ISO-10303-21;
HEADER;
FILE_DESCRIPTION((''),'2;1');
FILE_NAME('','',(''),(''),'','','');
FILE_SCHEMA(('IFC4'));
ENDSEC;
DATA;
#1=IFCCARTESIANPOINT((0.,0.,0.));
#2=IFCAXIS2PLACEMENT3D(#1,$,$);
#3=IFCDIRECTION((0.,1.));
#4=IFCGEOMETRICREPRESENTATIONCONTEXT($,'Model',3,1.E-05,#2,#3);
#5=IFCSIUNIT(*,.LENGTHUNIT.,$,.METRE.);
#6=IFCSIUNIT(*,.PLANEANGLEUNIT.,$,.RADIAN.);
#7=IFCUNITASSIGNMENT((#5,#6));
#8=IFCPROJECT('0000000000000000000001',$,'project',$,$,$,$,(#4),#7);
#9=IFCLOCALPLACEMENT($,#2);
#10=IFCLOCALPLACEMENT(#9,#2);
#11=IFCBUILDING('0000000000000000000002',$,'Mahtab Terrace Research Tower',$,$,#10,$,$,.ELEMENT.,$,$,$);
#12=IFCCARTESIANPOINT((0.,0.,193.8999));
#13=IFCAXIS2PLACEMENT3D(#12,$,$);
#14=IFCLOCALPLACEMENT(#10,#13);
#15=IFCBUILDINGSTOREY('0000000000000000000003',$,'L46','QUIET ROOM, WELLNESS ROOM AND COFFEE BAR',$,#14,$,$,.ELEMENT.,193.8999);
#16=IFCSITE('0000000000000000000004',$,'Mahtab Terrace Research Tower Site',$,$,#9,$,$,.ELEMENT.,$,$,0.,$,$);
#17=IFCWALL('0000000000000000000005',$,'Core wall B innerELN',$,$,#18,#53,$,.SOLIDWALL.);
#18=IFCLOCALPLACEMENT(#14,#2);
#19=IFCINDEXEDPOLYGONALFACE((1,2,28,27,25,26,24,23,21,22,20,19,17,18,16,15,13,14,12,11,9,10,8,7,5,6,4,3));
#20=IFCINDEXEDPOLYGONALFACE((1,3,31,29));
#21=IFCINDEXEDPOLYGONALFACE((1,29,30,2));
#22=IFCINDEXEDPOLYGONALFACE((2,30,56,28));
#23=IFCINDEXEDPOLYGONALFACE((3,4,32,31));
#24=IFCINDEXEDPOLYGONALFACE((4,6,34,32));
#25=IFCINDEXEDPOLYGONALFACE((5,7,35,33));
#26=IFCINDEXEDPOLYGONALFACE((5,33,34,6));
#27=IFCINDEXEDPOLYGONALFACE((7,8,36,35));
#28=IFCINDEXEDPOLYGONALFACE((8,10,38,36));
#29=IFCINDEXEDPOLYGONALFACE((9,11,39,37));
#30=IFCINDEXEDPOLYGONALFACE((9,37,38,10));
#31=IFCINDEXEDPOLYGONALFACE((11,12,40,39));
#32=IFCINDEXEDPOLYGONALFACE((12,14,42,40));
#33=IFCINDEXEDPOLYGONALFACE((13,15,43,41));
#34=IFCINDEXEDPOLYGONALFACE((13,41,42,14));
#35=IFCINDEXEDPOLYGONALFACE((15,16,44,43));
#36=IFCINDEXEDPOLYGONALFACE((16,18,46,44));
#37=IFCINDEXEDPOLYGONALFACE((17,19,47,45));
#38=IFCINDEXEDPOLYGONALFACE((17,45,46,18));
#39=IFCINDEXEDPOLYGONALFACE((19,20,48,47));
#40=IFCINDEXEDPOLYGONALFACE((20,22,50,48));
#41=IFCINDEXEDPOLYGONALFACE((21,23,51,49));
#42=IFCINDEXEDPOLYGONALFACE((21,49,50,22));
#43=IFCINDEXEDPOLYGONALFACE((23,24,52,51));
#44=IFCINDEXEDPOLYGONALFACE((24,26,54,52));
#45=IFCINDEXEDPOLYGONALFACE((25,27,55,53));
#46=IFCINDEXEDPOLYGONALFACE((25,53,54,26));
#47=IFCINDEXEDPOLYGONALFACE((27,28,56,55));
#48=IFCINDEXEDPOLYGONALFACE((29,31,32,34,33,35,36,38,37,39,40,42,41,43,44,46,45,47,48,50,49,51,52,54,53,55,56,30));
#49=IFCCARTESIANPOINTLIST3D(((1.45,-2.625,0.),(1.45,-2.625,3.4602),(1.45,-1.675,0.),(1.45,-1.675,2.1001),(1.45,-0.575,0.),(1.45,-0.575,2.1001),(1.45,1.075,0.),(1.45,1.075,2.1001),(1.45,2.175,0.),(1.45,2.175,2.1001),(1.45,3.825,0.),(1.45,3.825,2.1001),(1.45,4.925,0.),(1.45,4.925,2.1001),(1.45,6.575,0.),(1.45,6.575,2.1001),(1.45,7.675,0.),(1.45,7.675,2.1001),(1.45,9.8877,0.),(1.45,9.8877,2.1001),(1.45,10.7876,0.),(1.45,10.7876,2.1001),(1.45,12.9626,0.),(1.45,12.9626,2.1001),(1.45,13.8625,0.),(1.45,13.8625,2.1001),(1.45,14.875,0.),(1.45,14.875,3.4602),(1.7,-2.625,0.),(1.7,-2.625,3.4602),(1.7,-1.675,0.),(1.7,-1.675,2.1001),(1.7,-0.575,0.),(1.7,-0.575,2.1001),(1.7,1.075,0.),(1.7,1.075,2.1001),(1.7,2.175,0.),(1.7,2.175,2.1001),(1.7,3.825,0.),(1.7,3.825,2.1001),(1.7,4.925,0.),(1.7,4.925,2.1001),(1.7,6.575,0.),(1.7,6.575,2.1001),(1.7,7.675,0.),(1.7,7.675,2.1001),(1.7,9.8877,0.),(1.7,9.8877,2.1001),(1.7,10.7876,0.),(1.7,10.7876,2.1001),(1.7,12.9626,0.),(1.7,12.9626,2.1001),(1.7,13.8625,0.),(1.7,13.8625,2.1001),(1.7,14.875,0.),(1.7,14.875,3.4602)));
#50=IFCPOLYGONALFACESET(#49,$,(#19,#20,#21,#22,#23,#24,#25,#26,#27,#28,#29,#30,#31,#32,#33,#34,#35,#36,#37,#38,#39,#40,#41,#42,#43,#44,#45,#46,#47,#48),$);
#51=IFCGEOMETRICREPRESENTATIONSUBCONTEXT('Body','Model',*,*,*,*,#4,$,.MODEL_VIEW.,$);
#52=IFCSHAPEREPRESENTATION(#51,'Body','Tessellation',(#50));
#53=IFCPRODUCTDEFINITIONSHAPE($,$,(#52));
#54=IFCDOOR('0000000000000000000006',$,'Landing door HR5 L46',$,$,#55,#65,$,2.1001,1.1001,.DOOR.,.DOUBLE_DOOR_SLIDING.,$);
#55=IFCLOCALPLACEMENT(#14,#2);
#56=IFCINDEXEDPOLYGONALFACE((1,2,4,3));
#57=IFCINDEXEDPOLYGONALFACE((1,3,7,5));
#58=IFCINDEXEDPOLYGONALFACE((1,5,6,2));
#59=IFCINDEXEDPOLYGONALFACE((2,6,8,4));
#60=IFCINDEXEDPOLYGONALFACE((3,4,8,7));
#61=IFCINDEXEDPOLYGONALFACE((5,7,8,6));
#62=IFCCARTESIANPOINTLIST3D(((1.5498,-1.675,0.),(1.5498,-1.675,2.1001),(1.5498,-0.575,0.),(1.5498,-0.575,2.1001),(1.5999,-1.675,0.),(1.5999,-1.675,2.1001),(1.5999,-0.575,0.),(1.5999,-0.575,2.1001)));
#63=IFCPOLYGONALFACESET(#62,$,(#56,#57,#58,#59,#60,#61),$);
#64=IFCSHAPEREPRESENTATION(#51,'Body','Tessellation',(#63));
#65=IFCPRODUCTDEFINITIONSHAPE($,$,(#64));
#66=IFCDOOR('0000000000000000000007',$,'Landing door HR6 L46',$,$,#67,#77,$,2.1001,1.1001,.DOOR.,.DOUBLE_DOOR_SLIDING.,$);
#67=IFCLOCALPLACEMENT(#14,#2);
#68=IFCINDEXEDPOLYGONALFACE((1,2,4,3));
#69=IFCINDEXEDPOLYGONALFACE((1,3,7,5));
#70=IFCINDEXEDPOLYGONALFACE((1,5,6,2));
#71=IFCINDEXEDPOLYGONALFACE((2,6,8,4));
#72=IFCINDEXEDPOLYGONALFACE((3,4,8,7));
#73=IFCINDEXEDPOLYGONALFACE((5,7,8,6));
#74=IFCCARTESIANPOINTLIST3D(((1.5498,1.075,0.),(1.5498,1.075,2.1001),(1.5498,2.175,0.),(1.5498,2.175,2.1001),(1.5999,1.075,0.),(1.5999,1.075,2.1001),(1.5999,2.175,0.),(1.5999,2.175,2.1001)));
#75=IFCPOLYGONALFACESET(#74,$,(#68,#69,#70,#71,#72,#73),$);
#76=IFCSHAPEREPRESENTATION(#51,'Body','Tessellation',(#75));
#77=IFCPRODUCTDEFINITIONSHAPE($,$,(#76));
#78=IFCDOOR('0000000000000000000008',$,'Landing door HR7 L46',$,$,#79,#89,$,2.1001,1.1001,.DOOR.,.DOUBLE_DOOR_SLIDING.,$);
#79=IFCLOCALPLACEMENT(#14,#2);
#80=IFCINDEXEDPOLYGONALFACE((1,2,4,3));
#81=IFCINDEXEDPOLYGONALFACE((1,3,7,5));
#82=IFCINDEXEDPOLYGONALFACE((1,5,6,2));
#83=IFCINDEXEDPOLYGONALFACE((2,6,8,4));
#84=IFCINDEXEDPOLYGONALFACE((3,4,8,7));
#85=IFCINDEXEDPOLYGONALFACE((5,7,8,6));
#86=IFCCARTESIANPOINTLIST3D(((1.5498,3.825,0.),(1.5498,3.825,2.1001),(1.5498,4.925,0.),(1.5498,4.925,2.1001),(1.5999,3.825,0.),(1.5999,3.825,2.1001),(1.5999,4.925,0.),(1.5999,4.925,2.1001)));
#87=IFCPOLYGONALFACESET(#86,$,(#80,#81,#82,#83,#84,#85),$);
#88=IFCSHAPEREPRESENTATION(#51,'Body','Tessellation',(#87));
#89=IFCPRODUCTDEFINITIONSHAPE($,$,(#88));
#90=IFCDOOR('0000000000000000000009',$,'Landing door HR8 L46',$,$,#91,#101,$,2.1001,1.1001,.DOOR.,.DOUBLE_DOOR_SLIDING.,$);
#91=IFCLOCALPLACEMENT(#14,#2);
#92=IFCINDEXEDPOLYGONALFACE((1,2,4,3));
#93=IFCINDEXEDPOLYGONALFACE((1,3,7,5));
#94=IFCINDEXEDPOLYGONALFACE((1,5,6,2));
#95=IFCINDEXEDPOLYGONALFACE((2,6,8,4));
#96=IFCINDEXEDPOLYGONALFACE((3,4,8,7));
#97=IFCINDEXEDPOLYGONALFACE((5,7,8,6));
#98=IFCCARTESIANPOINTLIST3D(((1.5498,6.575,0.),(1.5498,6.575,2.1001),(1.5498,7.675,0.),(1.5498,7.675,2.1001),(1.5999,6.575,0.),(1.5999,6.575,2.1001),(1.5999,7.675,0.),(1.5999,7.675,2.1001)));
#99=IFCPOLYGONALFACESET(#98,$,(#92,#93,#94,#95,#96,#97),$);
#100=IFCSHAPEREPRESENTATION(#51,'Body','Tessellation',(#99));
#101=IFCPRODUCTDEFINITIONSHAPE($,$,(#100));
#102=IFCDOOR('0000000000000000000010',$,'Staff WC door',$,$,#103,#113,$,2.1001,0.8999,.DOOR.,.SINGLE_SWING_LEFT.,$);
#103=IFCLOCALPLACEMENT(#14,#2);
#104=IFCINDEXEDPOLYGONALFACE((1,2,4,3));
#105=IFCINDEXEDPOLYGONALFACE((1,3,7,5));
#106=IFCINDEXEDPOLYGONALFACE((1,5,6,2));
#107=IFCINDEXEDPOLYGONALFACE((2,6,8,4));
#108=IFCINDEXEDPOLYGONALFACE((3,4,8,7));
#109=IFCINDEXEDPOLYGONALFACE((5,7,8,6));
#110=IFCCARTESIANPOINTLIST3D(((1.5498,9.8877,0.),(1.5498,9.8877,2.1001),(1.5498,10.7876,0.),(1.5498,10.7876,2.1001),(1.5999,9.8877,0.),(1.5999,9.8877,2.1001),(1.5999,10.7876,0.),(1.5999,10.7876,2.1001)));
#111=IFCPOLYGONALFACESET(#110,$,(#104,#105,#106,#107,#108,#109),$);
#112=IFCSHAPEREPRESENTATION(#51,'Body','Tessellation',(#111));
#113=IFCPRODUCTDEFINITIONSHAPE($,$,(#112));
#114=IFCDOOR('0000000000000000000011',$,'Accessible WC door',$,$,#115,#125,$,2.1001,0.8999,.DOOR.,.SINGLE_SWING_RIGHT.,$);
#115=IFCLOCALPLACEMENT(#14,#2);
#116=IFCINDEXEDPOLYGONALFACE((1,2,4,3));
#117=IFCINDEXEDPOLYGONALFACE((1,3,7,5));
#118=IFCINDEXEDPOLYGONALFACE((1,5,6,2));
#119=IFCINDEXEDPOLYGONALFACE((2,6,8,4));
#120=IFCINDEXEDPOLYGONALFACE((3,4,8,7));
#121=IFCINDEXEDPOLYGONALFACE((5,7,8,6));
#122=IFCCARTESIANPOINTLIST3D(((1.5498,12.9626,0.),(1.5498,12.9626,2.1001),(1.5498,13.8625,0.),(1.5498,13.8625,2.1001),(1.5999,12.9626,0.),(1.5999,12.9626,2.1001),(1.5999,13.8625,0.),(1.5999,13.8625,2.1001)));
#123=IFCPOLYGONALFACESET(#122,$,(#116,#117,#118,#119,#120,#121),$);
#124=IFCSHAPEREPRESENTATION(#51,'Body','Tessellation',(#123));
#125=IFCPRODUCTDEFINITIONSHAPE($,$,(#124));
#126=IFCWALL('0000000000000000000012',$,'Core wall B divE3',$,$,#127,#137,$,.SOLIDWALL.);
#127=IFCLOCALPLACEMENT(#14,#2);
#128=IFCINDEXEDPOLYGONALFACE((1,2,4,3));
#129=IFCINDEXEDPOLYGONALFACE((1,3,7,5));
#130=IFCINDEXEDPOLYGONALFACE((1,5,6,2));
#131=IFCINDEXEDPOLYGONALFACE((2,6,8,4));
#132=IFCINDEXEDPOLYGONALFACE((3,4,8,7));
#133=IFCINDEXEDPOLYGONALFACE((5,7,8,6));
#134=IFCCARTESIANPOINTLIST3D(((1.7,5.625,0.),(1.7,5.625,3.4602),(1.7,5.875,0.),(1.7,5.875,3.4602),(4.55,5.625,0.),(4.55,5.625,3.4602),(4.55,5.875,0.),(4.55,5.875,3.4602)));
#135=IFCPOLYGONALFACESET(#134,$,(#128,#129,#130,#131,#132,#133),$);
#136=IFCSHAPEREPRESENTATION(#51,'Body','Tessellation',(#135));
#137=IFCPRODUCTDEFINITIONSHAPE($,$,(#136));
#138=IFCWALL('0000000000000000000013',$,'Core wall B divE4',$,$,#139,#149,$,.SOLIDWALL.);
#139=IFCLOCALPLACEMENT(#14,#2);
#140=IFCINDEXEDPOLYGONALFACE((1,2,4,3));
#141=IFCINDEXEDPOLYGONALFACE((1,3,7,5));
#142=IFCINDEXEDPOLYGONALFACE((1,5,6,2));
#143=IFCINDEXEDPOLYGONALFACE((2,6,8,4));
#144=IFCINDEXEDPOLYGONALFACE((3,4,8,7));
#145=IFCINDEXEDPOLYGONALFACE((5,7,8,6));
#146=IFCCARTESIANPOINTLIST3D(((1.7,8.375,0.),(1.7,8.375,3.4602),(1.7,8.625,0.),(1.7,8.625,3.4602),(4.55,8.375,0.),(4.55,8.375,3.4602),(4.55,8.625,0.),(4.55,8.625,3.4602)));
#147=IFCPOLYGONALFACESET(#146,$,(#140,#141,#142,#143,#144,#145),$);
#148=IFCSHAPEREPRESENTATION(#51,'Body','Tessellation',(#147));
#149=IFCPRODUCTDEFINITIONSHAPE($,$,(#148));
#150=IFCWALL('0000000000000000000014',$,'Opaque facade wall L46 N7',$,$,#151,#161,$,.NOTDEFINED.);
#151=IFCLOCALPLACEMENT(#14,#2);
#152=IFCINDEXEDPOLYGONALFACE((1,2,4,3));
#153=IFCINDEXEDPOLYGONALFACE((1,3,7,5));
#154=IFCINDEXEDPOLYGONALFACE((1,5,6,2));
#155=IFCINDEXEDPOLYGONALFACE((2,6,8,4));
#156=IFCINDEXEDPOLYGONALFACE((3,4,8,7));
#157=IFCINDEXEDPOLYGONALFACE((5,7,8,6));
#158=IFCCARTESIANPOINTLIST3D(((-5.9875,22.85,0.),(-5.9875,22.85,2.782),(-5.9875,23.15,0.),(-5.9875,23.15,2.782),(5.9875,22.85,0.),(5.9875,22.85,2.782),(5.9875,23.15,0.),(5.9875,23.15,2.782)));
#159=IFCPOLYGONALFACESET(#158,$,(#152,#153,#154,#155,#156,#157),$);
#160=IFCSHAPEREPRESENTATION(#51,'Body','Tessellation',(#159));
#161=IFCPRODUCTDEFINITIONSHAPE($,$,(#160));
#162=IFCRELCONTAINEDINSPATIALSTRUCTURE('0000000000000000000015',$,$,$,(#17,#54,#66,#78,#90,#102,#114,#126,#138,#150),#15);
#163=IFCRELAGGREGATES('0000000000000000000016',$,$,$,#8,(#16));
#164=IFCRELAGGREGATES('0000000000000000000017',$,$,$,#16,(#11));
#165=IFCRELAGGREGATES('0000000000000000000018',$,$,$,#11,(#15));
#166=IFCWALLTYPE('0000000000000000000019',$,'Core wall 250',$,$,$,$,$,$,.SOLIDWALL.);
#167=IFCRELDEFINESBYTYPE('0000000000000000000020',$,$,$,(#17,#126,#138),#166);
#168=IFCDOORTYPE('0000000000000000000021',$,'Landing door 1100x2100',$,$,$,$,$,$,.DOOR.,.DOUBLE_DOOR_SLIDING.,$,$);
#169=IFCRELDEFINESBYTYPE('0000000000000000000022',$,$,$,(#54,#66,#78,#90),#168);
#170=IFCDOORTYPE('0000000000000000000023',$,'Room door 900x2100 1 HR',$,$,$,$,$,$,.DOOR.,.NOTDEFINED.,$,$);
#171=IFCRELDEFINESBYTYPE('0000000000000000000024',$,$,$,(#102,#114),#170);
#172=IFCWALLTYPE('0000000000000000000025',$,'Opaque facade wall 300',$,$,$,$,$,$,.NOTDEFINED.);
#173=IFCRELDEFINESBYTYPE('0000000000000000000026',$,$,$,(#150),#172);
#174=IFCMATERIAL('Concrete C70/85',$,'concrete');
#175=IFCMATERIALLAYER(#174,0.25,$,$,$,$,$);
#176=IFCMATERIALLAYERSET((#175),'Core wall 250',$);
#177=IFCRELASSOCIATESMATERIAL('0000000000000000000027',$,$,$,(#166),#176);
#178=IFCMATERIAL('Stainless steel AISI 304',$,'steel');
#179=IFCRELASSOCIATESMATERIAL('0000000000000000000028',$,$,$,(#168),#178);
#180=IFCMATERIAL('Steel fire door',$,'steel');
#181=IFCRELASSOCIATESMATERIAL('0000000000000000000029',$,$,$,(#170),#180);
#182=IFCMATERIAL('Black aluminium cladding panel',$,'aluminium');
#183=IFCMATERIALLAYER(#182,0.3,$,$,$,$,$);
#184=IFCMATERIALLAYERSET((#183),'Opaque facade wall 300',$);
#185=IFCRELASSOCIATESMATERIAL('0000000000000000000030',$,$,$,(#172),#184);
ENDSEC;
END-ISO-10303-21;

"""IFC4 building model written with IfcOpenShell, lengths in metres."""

from ifc_helpers import new_model, si_unit, direction, frame, frame_2d, origin, place, context, subcontext, project, spatial, rectangle, extrude, material, layer, layer_set, type_object, element, fill, save


model = new_model("IFC4")

# Units and contexts
model_context = context("Model", 3, precision=1e-05, world=origin(), true_north=direction((0.0, 1.0)))
body_context = subcontext(model_context, "Body", "Model", "MODEL_VIEW")
ifc_project = project(units=[si_unit("LENGTHUNIT", "METRE"), si_unit("PLANEANGLEUNIT", "RADIAN")], contexts=[model_context])

# Site, building, storey
site_placement = place(None, origin())
site = spatial("IfcSite", under=ifc_project, at=site_placement, Name="Mahtab Terrace Research Tower Site", CompositionType="ELEMENT", RefElevation=0.0)
building_placement = place(site_placement, origin())
building = spatial("IfcBuilding", under=site, at=building_placement, Name="Mahtab Terrace Research Tower", CompositionType="ELEMENT")
storey_placement = place(building_placement, frame((0.0, 0.0, 193.8999)))
storey = spatial("IfcBuildingStorey", under=building, at=storey_placement, Name="L46", Description="QUIET ROOM, WELLNESS ROOM AND COFFEE BAR", CompositionType="ELEMENT", Elevation=193.8999)

# Shared definitions
ifc_material_1 = material(Name="Concrete C70/85", Category="concrete")

# Wall, openings, doors
ifc_layer_1 = layer(ifc_material_1, 0.25)
ifc_layer_set_1 = layer_set([ifc_layer_1], Name="Core wall 250")
wall_type_1 = type_object("IfcWallType", Name="Core wall 250", PredefinedType="SOLIDWALL", material=ifc_layer_set_1)
wall_1_placement = place(storey_placement, frame((1.575, 14.875, 0.0), z_axis=(0.0, 0.0, 1.0), x_axis=(0.0, -1.0, 0.0)))
wall_1 = element("IfcWall", 1, at=wall_1_placement, inside=storey, type_object=wall_type_1, Name="Core wall B innerELN", PredefinedType="SOLIDWALL", context=body_context, shape_type="SweptSolid", body=[
    extrude(rectangle(XDim=17.5, YDim=0.25, at=frame_2d((8.75, 0.0))), origin(), (0.0, 0.0, 1.0), 3.4602),
])
opening_1_placement = place(wall_1_placement, frame((15.45, 0.0, 0.0)))
opening_1 = element("IfcOpeningElement", 2, at=opening_1_placement, cuts=wall_1, PredefinedType="OPENING", context=body_context, shape_type="SweptSolid", body=[
    extrude(rectangle(XDim=1.1001, YDim=2.1001, at=frame_2d((0.55, 1.05))), frame((0.0, 0.135, 0.0), z_axis=(0.0, -1.0, 0.0), x_axis=(1.0, 0.0, 0.0)), (0.0, 0.0, 1.0), 0.27),
])
opening_2_placement = place(wall_1_placement, frame((12.7, 0.0, 0.0)))
opening_2 = element("IfcOpeningElement", 3, at=opening_2_placement, cuts=wall_1, PredefinedType="OPENING", context=body_context, shape_type="SweptSolid", body=[
    extrude(rectangle(XDim=1.1001, YDim=2.1001, at=frame_2d((0.55, 1.05))), frame((0.0, 0.135, 0.0), z_axis=(0.0, -1.0, 0.0), x_axis=(1.0, 0.0, 0.0)), (0.0, 0.0, 1.0), 0.27),
])
opening_3_placement = place(wall_1_placement, frame((9.95, 0.0, 0.0)))
opening_3 = element("IfcOpeningElement", 4, at=opening_3_placement, cuts=wall_1, PredefinedType="OPENING", context=body_context, shape_type="SweptSolid", body=[
    extrude(rectangle(XDim=1.1001, YDim=2.1001, at=frame_2d((0.55, 1.05))), frame((0.0, 0.135, 0.0), z_axis=(0.0, -1.0, 0.0), x_axis=(1.0, 0.0, 0.0)), (0.0, 0.0, 1.0), 0.27),
])
opening_4_placement = place(wall_1_placement, frame((7.2, 0.0, 0.0)))
opening_4 = element("IfcOpeningElement", 5, at=opening_4_placement, cuts=wall_1, PredefinedType="OPENING", context=body_context, shape_type="SweptSolid", body=[
    extrude(rectangle(XDim=1.1001, YDim=2.1001, at=frame_2d((0.55, 1.05))), frame((0.0, 0.135, 0.0), z_axis=(0.0, -1.0, 0.0), x_axis=(1.0, 0.0, 0.0)), (0.0, 0.0, 1.0), 0.27),
])
opening_5_placement = place(wall_1_placement, frame((4.0874, 0.0, 0.0)))
opening_5 = element("IfcOpeningElement", 6, at=opening_5_placement, cuts=wall_1, PredefinedType="OPENING", context=body_context, shape_type="SweptSolid", body=[
    extrude(rectangle(XDim=0.8999, YDim=2.1001, at=frame_2d((0.45, 1.05))), frame((0.0, 0.135, 0.0), z_axis=(0.0, -1.0, 0.0), x_axis=(1.0, 0.0, 0.0)), (0.0, 0.0, 1.0), 0.27),
])
opening_6_placement = place(wall_1_placement, frame((1.0125, 0.0, 0.0)))
opening_6 = element("IfcOpeningElement", 7, at=opening_6_placement, cuts=wall_1, PredefinedType="OPENING", context=body_context, shape_type="SweptSolid", body=[
    extrude(rectangle(XDim=0.8999, YDim=2.1001, at=frame_2d((0.45, 1.05))), frame((0.0, 0.135, 0.0), z_axis=(0.0, -1.0, 0.0), x_axis=(1.0, 0.0, 0.0)), (0.0, 0.0, 1.0), 0.27),
])
ifc_material_2 = material(Name="Stainless steel AISI 304", Category="steel")
door_type_1 = type_object("IfcDoorType", Name="Landing door 1100x2100", OperationType="DOUBLE_DOOR_SLIDING", PredefinedType="DOOR", material=ifc_material_2)
door_1_placement = place(opening_1_placement, origin())
door_1 = element("IfcDoor", 8, at=door_1_placement, inside=storey, type_object=door_type_1, Name="Landing door HR5 L46", OperationType="DOUBLE_DOOR_SLIDING", OverallHeight=2.1001, OverallWidth=1.1001, PredefinedType="DOOR", context=body_context, shape_type="SweptSolid", body=[
    extrude(rectangle(XDim=1.1001, YDim=2.1001, at=frame_2d((0.55, 1.05))), frame((0.0, 0.0249, 0.0), z_axis=(0.0, -1.0, 0.0), x_axis=(1.0, 0.0, 0.0)), (0.0, 0.0, 1.0), 0.05),
])
fill(opening_1, door_1)
door_2_placement = place(opening_2_placement, origin())
door_2 = element("IfcDoor", 9, at=door_2_placement, inside=storey, type_object=door_type_1, Name="Landing door HR6 L46", OperationType="DOUBLE_DOOR_SLIDING", OverallHeight=2.1001, OverallWidth=1.1001, PredefinedType="DOOR", context=body_context, shape_type="SweptSolid", body=[
    extrude(rectangle(XDim=1.1001, YDim=2.1001, at=frame_2d((0.55, 1.05))), frame((0.0, 0.0249, 0.0), z_axis=(0.0, -1.0, 0.0), x_axis=(1.0, 0.0, 0.0)), (0.0, 0.0, 1.0), 0.05),
])
fill(opening_2, door_2)
door_3_placement = place(opening_3_placement, origin())
door_3 = element("IfcDoor", 10, at=door_3_placement, inside=storey, type_object=door_type_1, Name="Landing door HR7 L46", OperationType="DOUBLE_DOOR_SLIDING", OverallHeight=2.1001, OverallWidth=1.1001, PredefinedType="DOOR", context=body_context, shape_type="SweptSolid", body=[
    extrude(rectangle(XDim=1.1001, YDim=2.1001, at=frame_2d((0.55, 1.05))), frame((0.0, 0.0249, 0.0), z_axis=(0.0, -1.0, 0.0), x_axis=(1.0, 0.0, 0.0)), (0.0, 0.0, 1.0), 0.05),
])
fill(opening_3, door_3)
door_4_placement = place(opening_4_placement, origin())
door_4 = element("IfcDoor", 11, at=door_4_placement, inside=storey, type_object=door_type_1, Name="Landing door HR8 L46", OperationType="DOUBLE_DOOR_SLIDING", OverallHeight=2.1001, OverallWidth=1.1001, PredefinedType="DOOR", context=body_context, shape_type="SweptSolid", body=[
    extrude(rectangle(XDim=1.1001, YDim=2.1001, at=frame_2d((0.55, 1.05))), frame((0.0, 0.0249, 0.0), z_axis=(0.0, -1.0, 0.0), x_axis=(1.0, 0.0, 0.0)), (0.0, 0.0, 1.0), 0.05),
])
fill(opening_4, door_4)
ifc_material_3 = material(Name="Steel fire door", Category="steel")
door_type_2 = type_object("IfcDoorType", Name="Room door 900x2100 1 HR", OperationType="NOTDEFINED", PredefinedType="DOOR", material=ifc_material_3)
door_5_placement = place(opening_5_placement, origin())
door_5 = element("IfcDoor", 12, at=door_5_placement, inside=storey, type_object=door_type_2, Name="Staff WC door", OperationType="SINGLE_SWING_LEFT", OverallHeight=2.1001, OverallWidth=0.8999, PredefinedType="DOOR", context=body_context, shape_type="SweptSolid", body=[
    extrude(rectangle(XDim=0.8999, YDim=2.1001, at=frame_2d((0.45, 1.05))), frame((0.0, 0.0249, 0.0), z_axis=(0.0, -1.0, 0.0), x_axis=(1.0, 0.0, 0.0)), (0.0, 0.0, 1.0), 0.05),
])
fill(opening_5, door_5)
door_6_placement = place(opening_6_placement, origin())
door_6 = element("IfcDoor", 13, at=door_6_placement, inside=storey, type_object=door_type_2, Name="Accessible WC door", OperationType="SINGLE_SWING_RIGHT", OverallHeight=2.1001, OverallWidth=0.8999, PredefinedType="DOOR", context=body_context, shape_type="SweptSolid", body=[
    extrude(rectangle(XDim=0.8999, YDim=2.1001, at=frame_2d((0.45, 1.05))), frame((0.0, 0.0249, 0.0), z_axis=(0.0, -1.0, 0.0), x_axis=(1.0, 0.0, 0.0)), (0.0, 0.0, 1.0), 0.05),
])
fill(opening_6, door_6)

# Walls
for number, where, z_axis, x_axis, name in (
    (14, (1.7, 5.75, 0.0), (0.0, 0.0, 1.0), (1.0, 0.0, 0.0), "Core wall B divE3"),
    (15, (1.7, 8.5, 0.0), (0.0, 0.0, 1.0), (1.0, 0.0, 0.0), "Core wall B divE4"),
):
    element("IfcWall", number, at=place(storey_placement, frame(where, z_axis=z_axis, x_axis=x_axis)), inside=storey, type_object=wall_type_1, Name=name, PredefinedType="SOLIDWALL", context=body_context, shape_type="SweptSolid", body=[
        extrude(rectangle(XDim=2.8501, YDim=0.25, at=frame_2d((1.425, 0.0))), origin(), (0.0, 0.0, 1.0), 3.4602),
    ])
ifc_material_4 = material(Name="Black aluminium cladding panel", Category="aluminium")
ifc_layer_2 = layer(ifc_material_4, 0.3)
ifc_layer_set_2 = layer_set([ifc_layer_2], Name="Opaque facade wall 300")
wall_type_2 = type_object("IfcWallType", Name="Opaque facade wall 300", PredefinedType="NOTDEFINED", material=ifc_layer_set_2)
wall_2_placement = place(storey_placement, frame((5.9875, 23.0, 0.0), z_axis=(0.0, 0.0, 1.0), x_axis=(-1.0, 0.0, 0.0)))
element("IfcWall", 16, at=wall_2_placement, inside=storey, type_object=wall_type_2, Name="Opaque facade wall L46 N7", PredefinedType="NOTDEFINED", context=body_context, shape_type="SweptSolid", body=[
    extrude(rectangle(XDim=11.9751, YDim=0.3, at=frame_2d((5.9875, 0.0))), origin(), (0.0, 0.0, 1.0), 2.782),
])

save(model, "model.ifc")
